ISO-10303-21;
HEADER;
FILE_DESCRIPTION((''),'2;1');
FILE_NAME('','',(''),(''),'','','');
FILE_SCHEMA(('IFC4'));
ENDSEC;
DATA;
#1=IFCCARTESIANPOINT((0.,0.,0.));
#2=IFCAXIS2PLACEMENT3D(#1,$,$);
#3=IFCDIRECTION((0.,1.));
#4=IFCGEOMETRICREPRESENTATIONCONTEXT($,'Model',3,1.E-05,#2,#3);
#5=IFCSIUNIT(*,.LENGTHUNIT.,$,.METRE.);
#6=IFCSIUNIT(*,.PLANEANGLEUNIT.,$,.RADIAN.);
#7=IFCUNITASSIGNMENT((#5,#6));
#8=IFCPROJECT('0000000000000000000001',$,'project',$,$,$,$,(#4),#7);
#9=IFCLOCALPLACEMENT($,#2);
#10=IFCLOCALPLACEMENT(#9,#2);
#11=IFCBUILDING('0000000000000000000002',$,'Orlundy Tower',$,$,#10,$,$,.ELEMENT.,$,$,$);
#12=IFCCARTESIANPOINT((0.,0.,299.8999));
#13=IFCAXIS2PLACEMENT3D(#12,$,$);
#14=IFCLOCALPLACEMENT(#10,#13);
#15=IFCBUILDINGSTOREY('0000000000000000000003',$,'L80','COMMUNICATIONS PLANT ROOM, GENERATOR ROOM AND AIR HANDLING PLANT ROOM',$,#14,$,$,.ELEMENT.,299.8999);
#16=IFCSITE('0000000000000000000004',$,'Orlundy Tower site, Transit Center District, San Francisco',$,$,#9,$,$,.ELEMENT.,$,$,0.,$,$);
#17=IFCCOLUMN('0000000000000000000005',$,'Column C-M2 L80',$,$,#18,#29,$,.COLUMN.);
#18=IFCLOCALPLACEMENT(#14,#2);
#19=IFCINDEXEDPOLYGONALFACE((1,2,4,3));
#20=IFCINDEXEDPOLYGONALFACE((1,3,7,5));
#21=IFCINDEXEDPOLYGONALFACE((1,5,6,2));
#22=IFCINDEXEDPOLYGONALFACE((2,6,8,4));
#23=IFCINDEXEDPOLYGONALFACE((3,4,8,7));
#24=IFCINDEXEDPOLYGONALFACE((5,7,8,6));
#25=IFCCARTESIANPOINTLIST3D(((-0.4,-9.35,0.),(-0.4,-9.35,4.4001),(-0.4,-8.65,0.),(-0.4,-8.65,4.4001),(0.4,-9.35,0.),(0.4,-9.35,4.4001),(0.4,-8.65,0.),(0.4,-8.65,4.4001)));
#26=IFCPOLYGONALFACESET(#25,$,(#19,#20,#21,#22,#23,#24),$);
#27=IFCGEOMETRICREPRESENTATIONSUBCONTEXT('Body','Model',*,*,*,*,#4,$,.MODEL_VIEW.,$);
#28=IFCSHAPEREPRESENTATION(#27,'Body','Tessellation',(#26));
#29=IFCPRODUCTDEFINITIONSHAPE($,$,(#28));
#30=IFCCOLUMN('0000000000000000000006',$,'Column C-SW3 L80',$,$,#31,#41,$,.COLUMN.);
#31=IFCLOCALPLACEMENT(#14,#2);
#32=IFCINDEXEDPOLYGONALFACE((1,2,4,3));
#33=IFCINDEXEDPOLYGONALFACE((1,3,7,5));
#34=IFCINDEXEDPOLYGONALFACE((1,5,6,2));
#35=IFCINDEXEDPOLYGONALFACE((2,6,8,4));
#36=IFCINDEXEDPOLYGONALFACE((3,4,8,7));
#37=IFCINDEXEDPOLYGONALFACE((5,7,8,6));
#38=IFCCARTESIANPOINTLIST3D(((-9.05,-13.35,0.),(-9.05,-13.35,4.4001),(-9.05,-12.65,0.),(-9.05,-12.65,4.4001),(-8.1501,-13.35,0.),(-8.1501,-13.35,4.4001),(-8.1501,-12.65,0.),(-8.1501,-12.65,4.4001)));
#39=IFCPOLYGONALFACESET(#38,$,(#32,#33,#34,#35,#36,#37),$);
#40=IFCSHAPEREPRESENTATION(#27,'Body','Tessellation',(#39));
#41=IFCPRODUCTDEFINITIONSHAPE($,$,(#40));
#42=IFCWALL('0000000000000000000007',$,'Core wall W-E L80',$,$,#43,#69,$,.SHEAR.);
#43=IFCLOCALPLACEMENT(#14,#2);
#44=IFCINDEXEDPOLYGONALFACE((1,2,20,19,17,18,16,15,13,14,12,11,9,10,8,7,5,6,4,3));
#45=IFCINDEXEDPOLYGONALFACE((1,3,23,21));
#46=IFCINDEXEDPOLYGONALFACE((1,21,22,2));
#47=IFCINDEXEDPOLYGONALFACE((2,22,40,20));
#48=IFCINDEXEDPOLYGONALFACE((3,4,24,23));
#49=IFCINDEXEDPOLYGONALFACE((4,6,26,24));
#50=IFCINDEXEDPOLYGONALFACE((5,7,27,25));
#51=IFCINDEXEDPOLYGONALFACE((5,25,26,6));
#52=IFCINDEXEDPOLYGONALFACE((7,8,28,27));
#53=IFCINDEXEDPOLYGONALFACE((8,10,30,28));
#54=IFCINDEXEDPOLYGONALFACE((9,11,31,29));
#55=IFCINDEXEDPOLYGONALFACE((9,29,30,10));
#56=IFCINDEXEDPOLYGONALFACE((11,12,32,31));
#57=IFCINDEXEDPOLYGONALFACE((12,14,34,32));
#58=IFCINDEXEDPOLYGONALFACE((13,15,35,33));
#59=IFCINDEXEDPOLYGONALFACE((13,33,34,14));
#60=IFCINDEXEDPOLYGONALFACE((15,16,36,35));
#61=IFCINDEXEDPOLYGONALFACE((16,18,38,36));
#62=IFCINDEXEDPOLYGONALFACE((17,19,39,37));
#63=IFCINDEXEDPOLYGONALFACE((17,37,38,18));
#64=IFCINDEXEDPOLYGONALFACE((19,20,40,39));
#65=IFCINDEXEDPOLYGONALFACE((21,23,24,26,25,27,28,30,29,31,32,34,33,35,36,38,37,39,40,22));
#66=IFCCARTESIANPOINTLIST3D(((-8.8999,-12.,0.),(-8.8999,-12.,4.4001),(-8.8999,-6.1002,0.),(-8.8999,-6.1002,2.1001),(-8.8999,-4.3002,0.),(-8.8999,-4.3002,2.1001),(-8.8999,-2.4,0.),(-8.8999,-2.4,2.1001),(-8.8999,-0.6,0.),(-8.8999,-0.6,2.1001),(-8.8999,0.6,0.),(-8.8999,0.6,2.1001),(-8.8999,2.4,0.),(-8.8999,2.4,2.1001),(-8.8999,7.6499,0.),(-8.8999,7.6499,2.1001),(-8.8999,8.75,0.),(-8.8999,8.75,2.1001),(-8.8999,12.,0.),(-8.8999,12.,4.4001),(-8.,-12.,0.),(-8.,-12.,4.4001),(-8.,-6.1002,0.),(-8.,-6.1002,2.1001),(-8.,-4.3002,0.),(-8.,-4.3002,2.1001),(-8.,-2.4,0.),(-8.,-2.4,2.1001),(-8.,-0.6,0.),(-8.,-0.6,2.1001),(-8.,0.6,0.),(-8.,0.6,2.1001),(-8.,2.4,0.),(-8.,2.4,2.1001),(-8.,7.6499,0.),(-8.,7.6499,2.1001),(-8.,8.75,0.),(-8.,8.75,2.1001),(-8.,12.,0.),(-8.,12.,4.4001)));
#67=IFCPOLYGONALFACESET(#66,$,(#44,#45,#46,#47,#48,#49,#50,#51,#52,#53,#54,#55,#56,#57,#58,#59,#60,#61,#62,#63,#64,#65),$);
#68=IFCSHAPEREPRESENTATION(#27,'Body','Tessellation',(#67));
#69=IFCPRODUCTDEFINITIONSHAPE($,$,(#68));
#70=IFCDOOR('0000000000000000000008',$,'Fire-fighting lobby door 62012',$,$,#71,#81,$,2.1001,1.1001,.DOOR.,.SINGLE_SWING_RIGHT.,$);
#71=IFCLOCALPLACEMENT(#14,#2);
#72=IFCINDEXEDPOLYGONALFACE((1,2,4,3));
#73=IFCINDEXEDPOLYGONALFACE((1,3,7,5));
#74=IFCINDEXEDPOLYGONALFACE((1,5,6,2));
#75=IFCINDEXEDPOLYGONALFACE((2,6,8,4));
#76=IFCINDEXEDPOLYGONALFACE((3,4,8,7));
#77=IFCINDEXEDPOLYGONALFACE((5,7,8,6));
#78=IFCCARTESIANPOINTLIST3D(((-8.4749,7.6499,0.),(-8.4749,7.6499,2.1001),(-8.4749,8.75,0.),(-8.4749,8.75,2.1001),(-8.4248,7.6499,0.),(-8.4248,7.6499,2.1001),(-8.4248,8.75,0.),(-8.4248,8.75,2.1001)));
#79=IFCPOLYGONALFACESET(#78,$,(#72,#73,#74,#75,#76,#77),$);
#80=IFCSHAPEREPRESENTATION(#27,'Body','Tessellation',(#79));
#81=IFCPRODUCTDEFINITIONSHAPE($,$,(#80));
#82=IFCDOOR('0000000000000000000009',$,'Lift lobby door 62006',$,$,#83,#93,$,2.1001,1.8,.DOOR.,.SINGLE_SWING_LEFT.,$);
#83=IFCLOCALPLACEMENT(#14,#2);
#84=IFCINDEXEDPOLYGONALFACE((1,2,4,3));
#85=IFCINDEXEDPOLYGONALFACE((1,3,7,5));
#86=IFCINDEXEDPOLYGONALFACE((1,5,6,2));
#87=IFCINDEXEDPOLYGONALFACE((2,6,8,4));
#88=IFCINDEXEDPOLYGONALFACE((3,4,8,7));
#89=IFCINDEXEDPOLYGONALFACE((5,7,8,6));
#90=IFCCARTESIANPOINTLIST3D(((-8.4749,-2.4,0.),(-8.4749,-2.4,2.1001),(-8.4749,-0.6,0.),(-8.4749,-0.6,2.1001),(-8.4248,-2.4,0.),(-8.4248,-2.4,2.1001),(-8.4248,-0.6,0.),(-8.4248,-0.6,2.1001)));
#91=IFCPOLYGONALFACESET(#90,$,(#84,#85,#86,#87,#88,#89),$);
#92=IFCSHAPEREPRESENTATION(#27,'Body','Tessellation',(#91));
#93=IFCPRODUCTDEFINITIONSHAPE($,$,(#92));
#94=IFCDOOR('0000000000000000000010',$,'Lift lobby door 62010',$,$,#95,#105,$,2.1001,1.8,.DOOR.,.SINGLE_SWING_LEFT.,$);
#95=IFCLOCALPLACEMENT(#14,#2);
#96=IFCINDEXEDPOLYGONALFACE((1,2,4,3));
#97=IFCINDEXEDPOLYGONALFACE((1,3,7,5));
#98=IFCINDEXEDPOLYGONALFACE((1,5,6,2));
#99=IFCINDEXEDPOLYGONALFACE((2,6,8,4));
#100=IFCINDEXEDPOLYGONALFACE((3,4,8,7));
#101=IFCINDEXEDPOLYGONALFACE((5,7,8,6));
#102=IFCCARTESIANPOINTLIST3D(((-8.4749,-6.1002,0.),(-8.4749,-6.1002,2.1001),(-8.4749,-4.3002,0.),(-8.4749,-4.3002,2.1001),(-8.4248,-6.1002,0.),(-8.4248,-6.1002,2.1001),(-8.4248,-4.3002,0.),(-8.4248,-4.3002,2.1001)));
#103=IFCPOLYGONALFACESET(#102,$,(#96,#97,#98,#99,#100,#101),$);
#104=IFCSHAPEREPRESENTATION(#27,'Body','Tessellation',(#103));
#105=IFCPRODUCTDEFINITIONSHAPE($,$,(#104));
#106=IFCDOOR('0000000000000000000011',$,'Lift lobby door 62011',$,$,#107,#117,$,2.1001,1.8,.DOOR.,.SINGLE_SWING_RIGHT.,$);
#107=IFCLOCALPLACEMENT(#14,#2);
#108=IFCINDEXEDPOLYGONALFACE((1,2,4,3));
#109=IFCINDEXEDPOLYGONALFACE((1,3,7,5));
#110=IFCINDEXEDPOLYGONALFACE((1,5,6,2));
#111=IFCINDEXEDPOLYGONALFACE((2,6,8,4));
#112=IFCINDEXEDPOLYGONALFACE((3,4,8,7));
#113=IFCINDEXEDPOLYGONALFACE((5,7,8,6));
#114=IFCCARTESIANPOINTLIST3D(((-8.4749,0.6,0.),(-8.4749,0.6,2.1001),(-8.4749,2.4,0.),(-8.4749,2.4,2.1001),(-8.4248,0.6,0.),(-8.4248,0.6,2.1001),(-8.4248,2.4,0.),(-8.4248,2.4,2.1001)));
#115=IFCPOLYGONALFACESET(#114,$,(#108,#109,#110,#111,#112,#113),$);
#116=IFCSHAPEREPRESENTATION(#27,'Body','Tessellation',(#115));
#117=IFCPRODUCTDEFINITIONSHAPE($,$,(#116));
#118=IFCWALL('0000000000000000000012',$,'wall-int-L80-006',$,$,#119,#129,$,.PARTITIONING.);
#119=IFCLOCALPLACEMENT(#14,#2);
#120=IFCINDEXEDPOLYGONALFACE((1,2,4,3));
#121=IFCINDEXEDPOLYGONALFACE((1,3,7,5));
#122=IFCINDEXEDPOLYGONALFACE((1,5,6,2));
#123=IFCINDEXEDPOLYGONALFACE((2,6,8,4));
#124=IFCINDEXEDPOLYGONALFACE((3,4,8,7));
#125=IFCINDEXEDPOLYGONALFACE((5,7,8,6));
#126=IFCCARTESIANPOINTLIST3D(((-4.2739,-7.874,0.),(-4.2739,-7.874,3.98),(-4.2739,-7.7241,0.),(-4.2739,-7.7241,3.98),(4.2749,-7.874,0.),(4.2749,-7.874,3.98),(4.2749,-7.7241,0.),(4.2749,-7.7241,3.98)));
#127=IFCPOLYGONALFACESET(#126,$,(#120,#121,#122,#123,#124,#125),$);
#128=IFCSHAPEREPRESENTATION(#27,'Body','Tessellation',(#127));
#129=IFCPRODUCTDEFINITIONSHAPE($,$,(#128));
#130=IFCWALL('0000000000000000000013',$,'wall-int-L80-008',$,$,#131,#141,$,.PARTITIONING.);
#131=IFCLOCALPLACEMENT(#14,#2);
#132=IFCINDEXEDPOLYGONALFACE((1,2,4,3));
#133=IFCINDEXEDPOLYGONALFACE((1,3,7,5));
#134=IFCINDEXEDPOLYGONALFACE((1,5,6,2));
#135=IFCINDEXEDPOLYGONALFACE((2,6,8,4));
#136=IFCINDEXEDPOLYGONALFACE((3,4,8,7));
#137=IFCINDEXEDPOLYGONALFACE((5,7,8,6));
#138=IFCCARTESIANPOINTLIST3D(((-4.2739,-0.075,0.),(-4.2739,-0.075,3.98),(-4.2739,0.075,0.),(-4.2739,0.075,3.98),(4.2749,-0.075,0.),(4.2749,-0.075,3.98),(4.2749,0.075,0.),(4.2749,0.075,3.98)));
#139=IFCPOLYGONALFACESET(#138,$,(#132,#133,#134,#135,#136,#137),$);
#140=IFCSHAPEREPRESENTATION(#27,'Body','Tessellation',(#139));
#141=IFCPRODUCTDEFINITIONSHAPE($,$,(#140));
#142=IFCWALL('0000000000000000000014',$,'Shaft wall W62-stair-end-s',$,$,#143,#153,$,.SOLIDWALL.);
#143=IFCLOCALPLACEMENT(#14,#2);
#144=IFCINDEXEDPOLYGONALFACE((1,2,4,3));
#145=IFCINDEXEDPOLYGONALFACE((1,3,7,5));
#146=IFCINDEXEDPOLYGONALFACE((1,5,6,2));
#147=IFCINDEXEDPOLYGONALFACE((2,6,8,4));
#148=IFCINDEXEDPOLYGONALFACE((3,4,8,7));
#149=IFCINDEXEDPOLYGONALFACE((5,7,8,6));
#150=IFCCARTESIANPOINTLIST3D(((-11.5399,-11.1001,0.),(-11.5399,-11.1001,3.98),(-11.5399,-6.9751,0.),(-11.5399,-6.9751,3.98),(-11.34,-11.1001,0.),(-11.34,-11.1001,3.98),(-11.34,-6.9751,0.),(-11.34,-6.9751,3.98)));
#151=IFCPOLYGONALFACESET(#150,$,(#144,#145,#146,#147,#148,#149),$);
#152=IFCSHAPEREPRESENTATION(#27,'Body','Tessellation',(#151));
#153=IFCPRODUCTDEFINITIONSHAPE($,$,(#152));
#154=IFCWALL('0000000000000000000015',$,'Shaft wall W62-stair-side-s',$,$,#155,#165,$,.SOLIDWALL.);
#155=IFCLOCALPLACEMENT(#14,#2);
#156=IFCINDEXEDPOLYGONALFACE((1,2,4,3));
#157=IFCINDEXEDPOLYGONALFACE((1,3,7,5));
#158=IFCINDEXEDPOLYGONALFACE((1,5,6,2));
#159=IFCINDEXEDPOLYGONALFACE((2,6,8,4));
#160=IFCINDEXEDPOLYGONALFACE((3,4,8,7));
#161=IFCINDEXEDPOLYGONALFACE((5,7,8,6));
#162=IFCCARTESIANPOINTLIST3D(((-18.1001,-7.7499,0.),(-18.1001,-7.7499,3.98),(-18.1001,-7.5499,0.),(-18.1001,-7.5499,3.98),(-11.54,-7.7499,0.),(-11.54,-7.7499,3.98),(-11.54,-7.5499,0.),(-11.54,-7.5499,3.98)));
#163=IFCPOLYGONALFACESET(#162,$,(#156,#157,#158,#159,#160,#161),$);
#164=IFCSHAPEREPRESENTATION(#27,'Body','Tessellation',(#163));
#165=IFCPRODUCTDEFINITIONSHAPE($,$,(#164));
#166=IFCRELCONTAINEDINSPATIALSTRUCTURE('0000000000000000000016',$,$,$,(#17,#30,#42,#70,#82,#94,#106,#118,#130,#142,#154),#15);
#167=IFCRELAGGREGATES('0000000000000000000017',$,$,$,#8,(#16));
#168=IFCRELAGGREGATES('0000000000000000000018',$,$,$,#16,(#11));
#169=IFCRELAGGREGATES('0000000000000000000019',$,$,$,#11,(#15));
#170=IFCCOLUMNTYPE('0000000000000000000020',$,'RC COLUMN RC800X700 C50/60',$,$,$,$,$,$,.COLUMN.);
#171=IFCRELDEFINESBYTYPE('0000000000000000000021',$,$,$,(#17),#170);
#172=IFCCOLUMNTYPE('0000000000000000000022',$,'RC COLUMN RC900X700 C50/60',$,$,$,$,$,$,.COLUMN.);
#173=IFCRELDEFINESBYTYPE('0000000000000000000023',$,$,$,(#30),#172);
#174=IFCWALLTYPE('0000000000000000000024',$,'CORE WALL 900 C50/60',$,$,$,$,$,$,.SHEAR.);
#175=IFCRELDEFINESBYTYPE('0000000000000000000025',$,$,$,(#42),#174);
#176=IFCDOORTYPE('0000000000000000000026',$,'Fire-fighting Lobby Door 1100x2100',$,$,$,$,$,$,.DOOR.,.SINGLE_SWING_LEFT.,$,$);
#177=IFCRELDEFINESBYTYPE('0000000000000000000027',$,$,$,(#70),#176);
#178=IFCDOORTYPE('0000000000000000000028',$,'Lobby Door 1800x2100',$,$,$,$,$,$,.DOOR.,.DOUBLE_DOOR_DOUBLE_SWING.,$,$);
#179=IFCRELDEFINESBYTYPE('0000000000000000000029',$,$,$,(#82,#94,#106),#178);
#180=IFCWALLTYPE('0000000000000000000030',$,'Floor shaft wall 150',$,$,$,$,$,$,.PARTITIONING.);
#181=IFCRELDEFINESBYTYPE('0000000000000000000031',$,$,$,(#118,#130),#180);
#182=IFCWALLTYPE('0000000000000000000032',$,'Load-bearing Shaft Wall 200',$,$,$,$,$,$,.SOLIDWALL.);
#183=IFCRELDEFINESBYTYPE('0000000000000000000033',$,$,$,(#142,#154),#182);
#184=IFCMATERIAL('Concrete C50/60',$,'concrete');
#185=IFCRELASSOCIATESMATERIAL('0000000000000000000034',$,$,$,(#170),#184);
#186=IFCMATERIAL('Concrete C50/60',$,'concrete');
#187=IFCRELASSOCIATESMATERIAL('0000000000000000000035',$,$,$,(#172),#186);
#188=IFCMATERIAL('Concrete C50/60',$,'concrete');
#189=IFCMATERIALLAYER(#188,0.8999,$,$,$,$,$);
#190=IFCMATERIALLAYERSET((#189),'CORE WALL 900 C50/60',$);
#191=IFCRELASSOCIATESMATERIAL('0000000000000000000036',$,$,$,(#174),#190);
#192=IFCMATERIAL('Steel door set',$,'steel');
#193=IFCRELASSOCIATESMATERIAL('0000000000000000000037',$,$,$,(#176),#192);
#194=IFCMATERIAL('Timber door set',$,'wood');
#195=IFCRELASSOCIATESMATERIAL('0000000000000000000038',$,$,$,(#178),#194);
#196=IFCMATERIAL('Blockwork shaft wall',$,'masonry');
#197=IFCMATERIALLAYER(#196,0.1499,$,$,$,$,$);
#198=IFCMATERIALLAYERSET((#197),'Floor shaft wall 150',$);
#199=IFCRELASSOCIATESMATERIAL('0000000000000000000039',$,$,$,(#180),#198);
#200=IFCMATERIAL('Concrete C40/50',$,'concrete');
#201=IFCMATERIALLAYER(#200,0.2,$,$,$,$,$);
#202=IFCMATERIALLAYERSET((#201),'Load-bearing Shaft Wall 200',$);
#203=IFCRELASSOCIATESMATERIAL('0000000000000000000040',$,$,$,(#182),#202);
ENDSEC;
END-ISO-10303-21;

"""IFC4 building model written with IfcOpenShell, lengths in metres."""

from ifc_helpers import new_model, si_unit, direction, frame, frame_2d, origin, origin_2d, place, context, subcontext, project, spatial, rectangle, extrude, material, layer, layer_set, material_profile, profile_set, type_object, element, fill, save


model = new_model("IFC4")

# Units and contexts
model_context = context("Model", 3, precision=1e-05, world=origin(), true_north=direction((0.0, 1.0)))
body_context = subcontext(model_context, "Body", "Model", "MODEL_VIEW")
ifc_project = project(units=[si_unit("LENGTHUNIT", "METRE"), si_unit("PLANEANGLEUNIT", "RADIAN")], contexts=[model_context])

# Site, building, storey
site_placement = place(None, origin())
site = spatial("IfcSite", under=ifc_project, at=site_placement, Name="Orlundy Tower site, Transit Center District, San Francisco", CompositionType="ELEMENT", RefElevation=0.0)
building_placement = place(site_placement, origin())
building = spatial("IfcBuilding", under=site, at=building_placement, Name="Orlundy Tower", CompositionType="ELEMENT")
storey_placement = place(building_placement, frame((0.0, 0.0, 299.8999)))
storey = spatial("IfcBuildingStorey", under=building, at=storey_placement, Name="L80", Description="COMMUNICATIONS PLANT ROOM, GENERATOR ROOM AND AIR HANDLING PLANT ROOM", CompositionType="ELEMENT", Elevation=299.8999)

# Columns
ifc_material_1 = material(Name="Concrete C50/60", Category="concrete")
ifc_material_profile_1 = material_profile(ifc_material_1, rectangle(XDim=0.8, YDim=0.7, at=origin_2d()), Name="RC800X700")
ifc_profile_set_1 = profile_set([ifc_material_profile_1], Name="Concrete C50/60")
column_type_1 = type_object("IfcColumnType", Name="RC COLUMN RC800X700 C50/60", PredefinedType="COLUMN", material=ifc_profile_set_1)
column_1_placement = place(storey_placement, frame((0.0, -9.0, 0.0), z_axis=(0.0, 0.0, 1.0), x_axis=(1.0, 0.0, 0.0)))
element("IfcColumn", 1, at=column_1_placement, inside=storey, type_object=column_type_1, Name="Column C-M2 L80", PredefinedType="COLUMN", context=body_context, shape_type="SweptSolid", body=[
    extrude(rectangle(XDim=0.8, YDim=0.7, at=origin_2d()), origin(), (0.0, 0.0, 1.0), 4.4001),
])
ifc_material_2 = material(Name="Concrete C50/60", Category="concrete")
ifc_material_profile_2 = material_profile(ifc_material_2, rectangle(XDim=0.8999, YDim=0.7, at=origin_2d()), Name="RC900X700")
ifc_profile_set_2 = profile_set([ifc_material_profile_2], Name="Concrete C50/60")
column_type_2 = type_object("IfcColumnType", Name="RC COLUMN RC900X700 C50/60", PredefinedType="COLUMN", material=ifc_profile_set_2)
column_2_placement = place(storey_placement, frame((-8.6001, -13.0, 0.0), z_axis=(0.0, 0.0, 1.0), x_axis=(1.0, 0.0, 0.0)))
element("IfcColumn", 2, at=column_2_placement, inside=storey, type_object=column_type_2, Name="Column C-SW3 L80", PredefinedType="COLUMN", context=body_context, shape_type="SweptSolid", body=[
    extrude(rectangle(XDim=0.8999, YDim=0.7, at=origin_2d()), origin(), (0.0, 0.0, 1.0), 4.4001),
])

# Wall, openings, doors
ifc_material_3 = material(Name="Concrete C50/60", Category="concrete")
ifc_layer_1 = layer(ifc_material_3, 0.8999)
ifc_layer_set_1 = layer_set([ifc_layer_1], Name="CORE WALL 900 C50/60")
wall_type_1 = type_object("IfcWallType", Name="CORE WALL 900 C50/60", PredefinedType="SHEAR", material=ifc_layer_set_1)
wall_1_placement = place(storey_placement, frame((-8.45, -12.0, 0.0), z_axis=(0.0, 0.0, 1.0), x_axis=(0.0, 1.0, 0.0)))
wall_1 = element("IfcWall", 3, at=wall_1_placement, inside=storey, type_object=wall_type_1, Name="Core wall W-E L80", PredefinedType="SHEAR", context=body_context, shape_type="SweptSolid", body=[
    extrude(rectangle(XDim=24.0, YDim=0.8999, at=frame_2d((12.0, 0.0))), origin(), (0.0, 0.0, 1.0), 4.4001),
])
opening_1_placement = place(wall_1_placement, frame((9.6001, 0.0, 0.0)))
opening_1 = element("IfcOpeningElement", 4, at=opening_1_placement, cuts=wall_1, PredefinedType="OPENING", context=body_context, shape_type="SweptSolid", body=[
    extrude(rectangle(XDim=1.8, YDim=2.1001, at=frame_2d((0.8999, 1.05))), frame((0.0, 0.46, 0.0), z_axis=(0.0, -1.0, 0.0), x_axis=(1.0, 0.0, 0.0)), (0.0, 0.0, 1.0), 0.9199),
])
opening_2_placement = place(wall_1_placement, frame((5.8999, 0.0, 0.0)))
opening_2 = element("IfcOpeningElement", 5, at=opening_2_placement, cuts=wall_1, PredefinedType="OPENING", context=body_context, shape_type="SweptSolid", body=[
    extrude(rectangle(XDim=1.8, YDim=2.1001, at=frame_2d((0.8999, 1.05))), frame((0.0, 0.46, 0.0), z_axis=(0.0, -1.0, 0.0), x_axis=(1.0, 0.0, 0.0)), (0.0, 0.0, 1.0), 0.9199),
])
opening_3_placement = place(wall_1_placement, frame((12.6001, 0.0, 0.0)))
opening_3 = element("IfcOpeningElement", 6, at=opening_3_placement, cuts=wall_1, PredefinedType="OPENING", context=body_context, shape_type="SweptSolid", body=[
    extrude(rectangle(XDim=1.8, YDim=2.1001, at=frame_2d((0.8999, 1.05))), frame((0.0, 0.46, 0.0), z_axis=(0.0, -1.0, 0.0), x_axis=(1.0, 0.0, 0.0)), (0.0, 0.0, 1.0), 0.9199),
])
opening_4_placement = place(wall_1_placement, frame((19.6499, 0.0, 0.0)))
opening_4 = element("IfcOpeningElement", 7, at=opening_4_placement, cuts=wall_1, PredefinedType="OPENING", context=body_context, shape_type="SweptSolid", body=[
    extrude(rectangle(XDim=1.1001, YDim=2.1001, at=frame_2d((0.55, 1.05))), frame((0.0, 0.46, 0.0), z_axis=(0.0, -1.0, 0.0), x_axis=(1.0, 0.0, 0.0)), (0.0, 0.0, 1.0), 0.9199),
])
ifc_material_4 = material(Name="Steel door set", Category="steel")
door_type_1 = type_object("IfcDoorType", Name="Fire-fighting Lobby Door 1100x2100", OperationType="SINGLE_SWING_LEFT", PredefinedType="DOOR", material=ifc_material_4)
door_1_placement = place(opening_4_placement, origin())
door_1 = element("IfcDoor", 8, at=door_1_placement, inside=storey, type_object=door_type_1, Name="Fire-fighting lobby door 62012", OperationType="SINGLE_SWING_RIGHT", OverallHeight=2.1001, OverallWidth=1.1001, PredefinedType="DOOR", context=body_context, shape_type="SweptSolid", body=[
    extrude(rectangle(XDim=1.1001, YDim=2.1001, at=frame_2d((0.55, 1.05))), frame((0.0, 0.0249, 0.0), z_axis=(0.0, -1.0, 0.0), x_axis=(1.0, 0.0, 0.0)), (0.0, 0.0, 1.0), 0.05),
])
fill(opening_4, door_1)
ifc_material_5 = material(Name="Timber door set", Category="wood")
door_type_2 = type_object("IfcDoorType", Name="Lobby Door 1800x2100", OperationType="DOUBLE_DOOR_DOUBLE_SWING", PredefinedType="DOOR", material=ifc_material_5)
door_2_placement = place(opening_1_placement, origin())
door_2 = element("IfcDoor", 9, at=door_2_placement, inside=storey, type_object=door_type_2, Name="Lift lobby door 62006", OperationType="SINGLE_SWING_LEFT", OverallHeight=2.1001, OverallWidth=1.8, PredefinedType="DOOR", context=body_context, shape_type="SweptSolid", body=[
    extrude(rectangle(XDim=1.8, YDim=2.1001, at=frame_2d((0.8999, 1.05))), frame((0.0, 0.0249, 0.0), z_axis=(0.0, -1.0, 0.0), x_axis=(1.0, 0.0, 0.0)), (0.0, 0.0, 1.0), 0.05),
])
fill(opening_1, door_2)
door_3_placement = place(opening_2_placement, origin())
door_3 = element("IfcDoor", 10, at=door_3_placement, inside=storey, type_object=door_type_2, Name="Lift lobby door 62010", OperationType="SINGLE_SWING_LEFT", OverallHeight=2.1001, OverallWidth=1.8, PredefinedType="DOOR", context=body_context, shape_type="SweptSolid", body=[
    extrude(rectangle(XDim=1.8, YDim=2.1001, at=frame_2d((0.8999, 1.05))), frame((0.0, 0.0249, 0.0), z_axis=(0.0, -1.0, 0.0), x_axis=(1.0, 0.0, 0.0)), (0.0, 0.0, 1.0), 0.05),
])
fill(opening_2, door_3)
door_4_placement = place(opening_3_placement, origin())
door_4 = element("IfcDoor", 11, at=door_4_placement, inside=storey, type_object=door_type_2, Name="Lift lobby door 62011", OperationType="SINGLE_SWING_RIGHT", OverallHeight=2.1001, OverallWidth=1.8, PredefinedType="DOOR", context=body_context, shape_type="SweptSolid", body=[
    extrude(rectangle(XDim=1.8, YDim=2.1001, at=frame_2d((0.8999, 1.05))), frame((0.0, 0.0249, 0.0), z_axis=(0.0, -1.0, 0.0), x_axis=(1.0, 0.0, 0.0)), (0.0, 0.0, 1.0), 0.05),
])
fill(opening_3, door_4)

# Walls
ifc_material_6 = material(Name="Blockwork shaft wall", Category="masonry")
ifc_layer_2 = layer(ifc_material_6, 0.1499)
ifc_layer_set_2 = layer_set([ifc_layer_2], Name="Floor shaft wall 150")
wall_type_2 = type_object("IfcWallType", Name="Floor shaft wall 150", PredefinedType="PARTITIONING", material=ifc_layer_set_2)
for number, where, z_axis, x_axis, name in (
    (12, (-4.2739, -7.7991, 0.0), (0.0, 0.0, 1.0), (1.0, 0.0, 0.0), "wall-int-L80-006"),
    (13, (-4.2739, 0.0, 0.0), (0.0, 0.0, 1.0), (1.0, 0.0, 0.0), "wall-int-L80-008"),
):
    element("IfcWall", number, at=place(storey_placement, frame(where, z_axis=z_axis, x_axis=x_axis)), inside=storey, type_object=wall_type_2, Name=name, PredefinedType="PARTITIONING", context=body_context, shape_type="SweptSolid", body=[
        extrude(rectangle(XDim=8.5488, YDim=0.1499, at=frame_2d((4.2744, 0.0))), origin(), (0.0, 0.0, 1.0), 3.98),
    ])
ifc_material_7 = material(Name="Concrete C40/50", Category="concrete")
ifc_layer_3 = layer(ifc_material_7, 0.2)
ifc_layer_set_3 = layer_set([ifc_layer_3], Name="Load-bearing Shaft Wall 200")
wall_type_3 = type_object("IfcWallType", Name="Load-bearing Shaft Wall 200", PredefinedType="SOLIDWALL", material=ifc_layer_set_3)
wall_2_placement = place(storey_placement, frame((-11.4399, -11.1001, 0.0), z_axis=(0.0, 0.0, 1.0), x_axis=(0.0, 1.0, 0.0)))
element("IfcWall", 14, at=wall_2_placement, inside=storey, type_object=wall_type_3, Name="Shaft wall W62-stair-end-s", PredefinedType="SOLIDWALL", context=body_context, shape_type="SweptSolid", body=[
    extrude(rectangle(XDim=4.125, YDim=0.2, at=frame_2d((2.0625, 0.0))), origin(), (0.0, 0.0, 1.0), 3.98),
])
wall_3_placement = place(storey_placement, frame((-11.54, -7.6499, 0.0), z_axis=(0.0, 0.0, 1.0), x_axis=(-1.0, 0.0, 0.0)))
element("IfcWall", 15, at=wall_3_placement, inside=storey, type_object=wall_type_3, Name="Shaft wall W62-stair-side-s", PredefinedType="SOLIDWALL", context=body_context, shape_type="SweptSolid", body=[
    extrude(rectangle(XDim=6.5601, YDim=0.2, at=frame_2d((3.28, 0.0))), origin(), (0.0, 0.0, 1.0), 3.98),
])

save(model, "model.ifc")
